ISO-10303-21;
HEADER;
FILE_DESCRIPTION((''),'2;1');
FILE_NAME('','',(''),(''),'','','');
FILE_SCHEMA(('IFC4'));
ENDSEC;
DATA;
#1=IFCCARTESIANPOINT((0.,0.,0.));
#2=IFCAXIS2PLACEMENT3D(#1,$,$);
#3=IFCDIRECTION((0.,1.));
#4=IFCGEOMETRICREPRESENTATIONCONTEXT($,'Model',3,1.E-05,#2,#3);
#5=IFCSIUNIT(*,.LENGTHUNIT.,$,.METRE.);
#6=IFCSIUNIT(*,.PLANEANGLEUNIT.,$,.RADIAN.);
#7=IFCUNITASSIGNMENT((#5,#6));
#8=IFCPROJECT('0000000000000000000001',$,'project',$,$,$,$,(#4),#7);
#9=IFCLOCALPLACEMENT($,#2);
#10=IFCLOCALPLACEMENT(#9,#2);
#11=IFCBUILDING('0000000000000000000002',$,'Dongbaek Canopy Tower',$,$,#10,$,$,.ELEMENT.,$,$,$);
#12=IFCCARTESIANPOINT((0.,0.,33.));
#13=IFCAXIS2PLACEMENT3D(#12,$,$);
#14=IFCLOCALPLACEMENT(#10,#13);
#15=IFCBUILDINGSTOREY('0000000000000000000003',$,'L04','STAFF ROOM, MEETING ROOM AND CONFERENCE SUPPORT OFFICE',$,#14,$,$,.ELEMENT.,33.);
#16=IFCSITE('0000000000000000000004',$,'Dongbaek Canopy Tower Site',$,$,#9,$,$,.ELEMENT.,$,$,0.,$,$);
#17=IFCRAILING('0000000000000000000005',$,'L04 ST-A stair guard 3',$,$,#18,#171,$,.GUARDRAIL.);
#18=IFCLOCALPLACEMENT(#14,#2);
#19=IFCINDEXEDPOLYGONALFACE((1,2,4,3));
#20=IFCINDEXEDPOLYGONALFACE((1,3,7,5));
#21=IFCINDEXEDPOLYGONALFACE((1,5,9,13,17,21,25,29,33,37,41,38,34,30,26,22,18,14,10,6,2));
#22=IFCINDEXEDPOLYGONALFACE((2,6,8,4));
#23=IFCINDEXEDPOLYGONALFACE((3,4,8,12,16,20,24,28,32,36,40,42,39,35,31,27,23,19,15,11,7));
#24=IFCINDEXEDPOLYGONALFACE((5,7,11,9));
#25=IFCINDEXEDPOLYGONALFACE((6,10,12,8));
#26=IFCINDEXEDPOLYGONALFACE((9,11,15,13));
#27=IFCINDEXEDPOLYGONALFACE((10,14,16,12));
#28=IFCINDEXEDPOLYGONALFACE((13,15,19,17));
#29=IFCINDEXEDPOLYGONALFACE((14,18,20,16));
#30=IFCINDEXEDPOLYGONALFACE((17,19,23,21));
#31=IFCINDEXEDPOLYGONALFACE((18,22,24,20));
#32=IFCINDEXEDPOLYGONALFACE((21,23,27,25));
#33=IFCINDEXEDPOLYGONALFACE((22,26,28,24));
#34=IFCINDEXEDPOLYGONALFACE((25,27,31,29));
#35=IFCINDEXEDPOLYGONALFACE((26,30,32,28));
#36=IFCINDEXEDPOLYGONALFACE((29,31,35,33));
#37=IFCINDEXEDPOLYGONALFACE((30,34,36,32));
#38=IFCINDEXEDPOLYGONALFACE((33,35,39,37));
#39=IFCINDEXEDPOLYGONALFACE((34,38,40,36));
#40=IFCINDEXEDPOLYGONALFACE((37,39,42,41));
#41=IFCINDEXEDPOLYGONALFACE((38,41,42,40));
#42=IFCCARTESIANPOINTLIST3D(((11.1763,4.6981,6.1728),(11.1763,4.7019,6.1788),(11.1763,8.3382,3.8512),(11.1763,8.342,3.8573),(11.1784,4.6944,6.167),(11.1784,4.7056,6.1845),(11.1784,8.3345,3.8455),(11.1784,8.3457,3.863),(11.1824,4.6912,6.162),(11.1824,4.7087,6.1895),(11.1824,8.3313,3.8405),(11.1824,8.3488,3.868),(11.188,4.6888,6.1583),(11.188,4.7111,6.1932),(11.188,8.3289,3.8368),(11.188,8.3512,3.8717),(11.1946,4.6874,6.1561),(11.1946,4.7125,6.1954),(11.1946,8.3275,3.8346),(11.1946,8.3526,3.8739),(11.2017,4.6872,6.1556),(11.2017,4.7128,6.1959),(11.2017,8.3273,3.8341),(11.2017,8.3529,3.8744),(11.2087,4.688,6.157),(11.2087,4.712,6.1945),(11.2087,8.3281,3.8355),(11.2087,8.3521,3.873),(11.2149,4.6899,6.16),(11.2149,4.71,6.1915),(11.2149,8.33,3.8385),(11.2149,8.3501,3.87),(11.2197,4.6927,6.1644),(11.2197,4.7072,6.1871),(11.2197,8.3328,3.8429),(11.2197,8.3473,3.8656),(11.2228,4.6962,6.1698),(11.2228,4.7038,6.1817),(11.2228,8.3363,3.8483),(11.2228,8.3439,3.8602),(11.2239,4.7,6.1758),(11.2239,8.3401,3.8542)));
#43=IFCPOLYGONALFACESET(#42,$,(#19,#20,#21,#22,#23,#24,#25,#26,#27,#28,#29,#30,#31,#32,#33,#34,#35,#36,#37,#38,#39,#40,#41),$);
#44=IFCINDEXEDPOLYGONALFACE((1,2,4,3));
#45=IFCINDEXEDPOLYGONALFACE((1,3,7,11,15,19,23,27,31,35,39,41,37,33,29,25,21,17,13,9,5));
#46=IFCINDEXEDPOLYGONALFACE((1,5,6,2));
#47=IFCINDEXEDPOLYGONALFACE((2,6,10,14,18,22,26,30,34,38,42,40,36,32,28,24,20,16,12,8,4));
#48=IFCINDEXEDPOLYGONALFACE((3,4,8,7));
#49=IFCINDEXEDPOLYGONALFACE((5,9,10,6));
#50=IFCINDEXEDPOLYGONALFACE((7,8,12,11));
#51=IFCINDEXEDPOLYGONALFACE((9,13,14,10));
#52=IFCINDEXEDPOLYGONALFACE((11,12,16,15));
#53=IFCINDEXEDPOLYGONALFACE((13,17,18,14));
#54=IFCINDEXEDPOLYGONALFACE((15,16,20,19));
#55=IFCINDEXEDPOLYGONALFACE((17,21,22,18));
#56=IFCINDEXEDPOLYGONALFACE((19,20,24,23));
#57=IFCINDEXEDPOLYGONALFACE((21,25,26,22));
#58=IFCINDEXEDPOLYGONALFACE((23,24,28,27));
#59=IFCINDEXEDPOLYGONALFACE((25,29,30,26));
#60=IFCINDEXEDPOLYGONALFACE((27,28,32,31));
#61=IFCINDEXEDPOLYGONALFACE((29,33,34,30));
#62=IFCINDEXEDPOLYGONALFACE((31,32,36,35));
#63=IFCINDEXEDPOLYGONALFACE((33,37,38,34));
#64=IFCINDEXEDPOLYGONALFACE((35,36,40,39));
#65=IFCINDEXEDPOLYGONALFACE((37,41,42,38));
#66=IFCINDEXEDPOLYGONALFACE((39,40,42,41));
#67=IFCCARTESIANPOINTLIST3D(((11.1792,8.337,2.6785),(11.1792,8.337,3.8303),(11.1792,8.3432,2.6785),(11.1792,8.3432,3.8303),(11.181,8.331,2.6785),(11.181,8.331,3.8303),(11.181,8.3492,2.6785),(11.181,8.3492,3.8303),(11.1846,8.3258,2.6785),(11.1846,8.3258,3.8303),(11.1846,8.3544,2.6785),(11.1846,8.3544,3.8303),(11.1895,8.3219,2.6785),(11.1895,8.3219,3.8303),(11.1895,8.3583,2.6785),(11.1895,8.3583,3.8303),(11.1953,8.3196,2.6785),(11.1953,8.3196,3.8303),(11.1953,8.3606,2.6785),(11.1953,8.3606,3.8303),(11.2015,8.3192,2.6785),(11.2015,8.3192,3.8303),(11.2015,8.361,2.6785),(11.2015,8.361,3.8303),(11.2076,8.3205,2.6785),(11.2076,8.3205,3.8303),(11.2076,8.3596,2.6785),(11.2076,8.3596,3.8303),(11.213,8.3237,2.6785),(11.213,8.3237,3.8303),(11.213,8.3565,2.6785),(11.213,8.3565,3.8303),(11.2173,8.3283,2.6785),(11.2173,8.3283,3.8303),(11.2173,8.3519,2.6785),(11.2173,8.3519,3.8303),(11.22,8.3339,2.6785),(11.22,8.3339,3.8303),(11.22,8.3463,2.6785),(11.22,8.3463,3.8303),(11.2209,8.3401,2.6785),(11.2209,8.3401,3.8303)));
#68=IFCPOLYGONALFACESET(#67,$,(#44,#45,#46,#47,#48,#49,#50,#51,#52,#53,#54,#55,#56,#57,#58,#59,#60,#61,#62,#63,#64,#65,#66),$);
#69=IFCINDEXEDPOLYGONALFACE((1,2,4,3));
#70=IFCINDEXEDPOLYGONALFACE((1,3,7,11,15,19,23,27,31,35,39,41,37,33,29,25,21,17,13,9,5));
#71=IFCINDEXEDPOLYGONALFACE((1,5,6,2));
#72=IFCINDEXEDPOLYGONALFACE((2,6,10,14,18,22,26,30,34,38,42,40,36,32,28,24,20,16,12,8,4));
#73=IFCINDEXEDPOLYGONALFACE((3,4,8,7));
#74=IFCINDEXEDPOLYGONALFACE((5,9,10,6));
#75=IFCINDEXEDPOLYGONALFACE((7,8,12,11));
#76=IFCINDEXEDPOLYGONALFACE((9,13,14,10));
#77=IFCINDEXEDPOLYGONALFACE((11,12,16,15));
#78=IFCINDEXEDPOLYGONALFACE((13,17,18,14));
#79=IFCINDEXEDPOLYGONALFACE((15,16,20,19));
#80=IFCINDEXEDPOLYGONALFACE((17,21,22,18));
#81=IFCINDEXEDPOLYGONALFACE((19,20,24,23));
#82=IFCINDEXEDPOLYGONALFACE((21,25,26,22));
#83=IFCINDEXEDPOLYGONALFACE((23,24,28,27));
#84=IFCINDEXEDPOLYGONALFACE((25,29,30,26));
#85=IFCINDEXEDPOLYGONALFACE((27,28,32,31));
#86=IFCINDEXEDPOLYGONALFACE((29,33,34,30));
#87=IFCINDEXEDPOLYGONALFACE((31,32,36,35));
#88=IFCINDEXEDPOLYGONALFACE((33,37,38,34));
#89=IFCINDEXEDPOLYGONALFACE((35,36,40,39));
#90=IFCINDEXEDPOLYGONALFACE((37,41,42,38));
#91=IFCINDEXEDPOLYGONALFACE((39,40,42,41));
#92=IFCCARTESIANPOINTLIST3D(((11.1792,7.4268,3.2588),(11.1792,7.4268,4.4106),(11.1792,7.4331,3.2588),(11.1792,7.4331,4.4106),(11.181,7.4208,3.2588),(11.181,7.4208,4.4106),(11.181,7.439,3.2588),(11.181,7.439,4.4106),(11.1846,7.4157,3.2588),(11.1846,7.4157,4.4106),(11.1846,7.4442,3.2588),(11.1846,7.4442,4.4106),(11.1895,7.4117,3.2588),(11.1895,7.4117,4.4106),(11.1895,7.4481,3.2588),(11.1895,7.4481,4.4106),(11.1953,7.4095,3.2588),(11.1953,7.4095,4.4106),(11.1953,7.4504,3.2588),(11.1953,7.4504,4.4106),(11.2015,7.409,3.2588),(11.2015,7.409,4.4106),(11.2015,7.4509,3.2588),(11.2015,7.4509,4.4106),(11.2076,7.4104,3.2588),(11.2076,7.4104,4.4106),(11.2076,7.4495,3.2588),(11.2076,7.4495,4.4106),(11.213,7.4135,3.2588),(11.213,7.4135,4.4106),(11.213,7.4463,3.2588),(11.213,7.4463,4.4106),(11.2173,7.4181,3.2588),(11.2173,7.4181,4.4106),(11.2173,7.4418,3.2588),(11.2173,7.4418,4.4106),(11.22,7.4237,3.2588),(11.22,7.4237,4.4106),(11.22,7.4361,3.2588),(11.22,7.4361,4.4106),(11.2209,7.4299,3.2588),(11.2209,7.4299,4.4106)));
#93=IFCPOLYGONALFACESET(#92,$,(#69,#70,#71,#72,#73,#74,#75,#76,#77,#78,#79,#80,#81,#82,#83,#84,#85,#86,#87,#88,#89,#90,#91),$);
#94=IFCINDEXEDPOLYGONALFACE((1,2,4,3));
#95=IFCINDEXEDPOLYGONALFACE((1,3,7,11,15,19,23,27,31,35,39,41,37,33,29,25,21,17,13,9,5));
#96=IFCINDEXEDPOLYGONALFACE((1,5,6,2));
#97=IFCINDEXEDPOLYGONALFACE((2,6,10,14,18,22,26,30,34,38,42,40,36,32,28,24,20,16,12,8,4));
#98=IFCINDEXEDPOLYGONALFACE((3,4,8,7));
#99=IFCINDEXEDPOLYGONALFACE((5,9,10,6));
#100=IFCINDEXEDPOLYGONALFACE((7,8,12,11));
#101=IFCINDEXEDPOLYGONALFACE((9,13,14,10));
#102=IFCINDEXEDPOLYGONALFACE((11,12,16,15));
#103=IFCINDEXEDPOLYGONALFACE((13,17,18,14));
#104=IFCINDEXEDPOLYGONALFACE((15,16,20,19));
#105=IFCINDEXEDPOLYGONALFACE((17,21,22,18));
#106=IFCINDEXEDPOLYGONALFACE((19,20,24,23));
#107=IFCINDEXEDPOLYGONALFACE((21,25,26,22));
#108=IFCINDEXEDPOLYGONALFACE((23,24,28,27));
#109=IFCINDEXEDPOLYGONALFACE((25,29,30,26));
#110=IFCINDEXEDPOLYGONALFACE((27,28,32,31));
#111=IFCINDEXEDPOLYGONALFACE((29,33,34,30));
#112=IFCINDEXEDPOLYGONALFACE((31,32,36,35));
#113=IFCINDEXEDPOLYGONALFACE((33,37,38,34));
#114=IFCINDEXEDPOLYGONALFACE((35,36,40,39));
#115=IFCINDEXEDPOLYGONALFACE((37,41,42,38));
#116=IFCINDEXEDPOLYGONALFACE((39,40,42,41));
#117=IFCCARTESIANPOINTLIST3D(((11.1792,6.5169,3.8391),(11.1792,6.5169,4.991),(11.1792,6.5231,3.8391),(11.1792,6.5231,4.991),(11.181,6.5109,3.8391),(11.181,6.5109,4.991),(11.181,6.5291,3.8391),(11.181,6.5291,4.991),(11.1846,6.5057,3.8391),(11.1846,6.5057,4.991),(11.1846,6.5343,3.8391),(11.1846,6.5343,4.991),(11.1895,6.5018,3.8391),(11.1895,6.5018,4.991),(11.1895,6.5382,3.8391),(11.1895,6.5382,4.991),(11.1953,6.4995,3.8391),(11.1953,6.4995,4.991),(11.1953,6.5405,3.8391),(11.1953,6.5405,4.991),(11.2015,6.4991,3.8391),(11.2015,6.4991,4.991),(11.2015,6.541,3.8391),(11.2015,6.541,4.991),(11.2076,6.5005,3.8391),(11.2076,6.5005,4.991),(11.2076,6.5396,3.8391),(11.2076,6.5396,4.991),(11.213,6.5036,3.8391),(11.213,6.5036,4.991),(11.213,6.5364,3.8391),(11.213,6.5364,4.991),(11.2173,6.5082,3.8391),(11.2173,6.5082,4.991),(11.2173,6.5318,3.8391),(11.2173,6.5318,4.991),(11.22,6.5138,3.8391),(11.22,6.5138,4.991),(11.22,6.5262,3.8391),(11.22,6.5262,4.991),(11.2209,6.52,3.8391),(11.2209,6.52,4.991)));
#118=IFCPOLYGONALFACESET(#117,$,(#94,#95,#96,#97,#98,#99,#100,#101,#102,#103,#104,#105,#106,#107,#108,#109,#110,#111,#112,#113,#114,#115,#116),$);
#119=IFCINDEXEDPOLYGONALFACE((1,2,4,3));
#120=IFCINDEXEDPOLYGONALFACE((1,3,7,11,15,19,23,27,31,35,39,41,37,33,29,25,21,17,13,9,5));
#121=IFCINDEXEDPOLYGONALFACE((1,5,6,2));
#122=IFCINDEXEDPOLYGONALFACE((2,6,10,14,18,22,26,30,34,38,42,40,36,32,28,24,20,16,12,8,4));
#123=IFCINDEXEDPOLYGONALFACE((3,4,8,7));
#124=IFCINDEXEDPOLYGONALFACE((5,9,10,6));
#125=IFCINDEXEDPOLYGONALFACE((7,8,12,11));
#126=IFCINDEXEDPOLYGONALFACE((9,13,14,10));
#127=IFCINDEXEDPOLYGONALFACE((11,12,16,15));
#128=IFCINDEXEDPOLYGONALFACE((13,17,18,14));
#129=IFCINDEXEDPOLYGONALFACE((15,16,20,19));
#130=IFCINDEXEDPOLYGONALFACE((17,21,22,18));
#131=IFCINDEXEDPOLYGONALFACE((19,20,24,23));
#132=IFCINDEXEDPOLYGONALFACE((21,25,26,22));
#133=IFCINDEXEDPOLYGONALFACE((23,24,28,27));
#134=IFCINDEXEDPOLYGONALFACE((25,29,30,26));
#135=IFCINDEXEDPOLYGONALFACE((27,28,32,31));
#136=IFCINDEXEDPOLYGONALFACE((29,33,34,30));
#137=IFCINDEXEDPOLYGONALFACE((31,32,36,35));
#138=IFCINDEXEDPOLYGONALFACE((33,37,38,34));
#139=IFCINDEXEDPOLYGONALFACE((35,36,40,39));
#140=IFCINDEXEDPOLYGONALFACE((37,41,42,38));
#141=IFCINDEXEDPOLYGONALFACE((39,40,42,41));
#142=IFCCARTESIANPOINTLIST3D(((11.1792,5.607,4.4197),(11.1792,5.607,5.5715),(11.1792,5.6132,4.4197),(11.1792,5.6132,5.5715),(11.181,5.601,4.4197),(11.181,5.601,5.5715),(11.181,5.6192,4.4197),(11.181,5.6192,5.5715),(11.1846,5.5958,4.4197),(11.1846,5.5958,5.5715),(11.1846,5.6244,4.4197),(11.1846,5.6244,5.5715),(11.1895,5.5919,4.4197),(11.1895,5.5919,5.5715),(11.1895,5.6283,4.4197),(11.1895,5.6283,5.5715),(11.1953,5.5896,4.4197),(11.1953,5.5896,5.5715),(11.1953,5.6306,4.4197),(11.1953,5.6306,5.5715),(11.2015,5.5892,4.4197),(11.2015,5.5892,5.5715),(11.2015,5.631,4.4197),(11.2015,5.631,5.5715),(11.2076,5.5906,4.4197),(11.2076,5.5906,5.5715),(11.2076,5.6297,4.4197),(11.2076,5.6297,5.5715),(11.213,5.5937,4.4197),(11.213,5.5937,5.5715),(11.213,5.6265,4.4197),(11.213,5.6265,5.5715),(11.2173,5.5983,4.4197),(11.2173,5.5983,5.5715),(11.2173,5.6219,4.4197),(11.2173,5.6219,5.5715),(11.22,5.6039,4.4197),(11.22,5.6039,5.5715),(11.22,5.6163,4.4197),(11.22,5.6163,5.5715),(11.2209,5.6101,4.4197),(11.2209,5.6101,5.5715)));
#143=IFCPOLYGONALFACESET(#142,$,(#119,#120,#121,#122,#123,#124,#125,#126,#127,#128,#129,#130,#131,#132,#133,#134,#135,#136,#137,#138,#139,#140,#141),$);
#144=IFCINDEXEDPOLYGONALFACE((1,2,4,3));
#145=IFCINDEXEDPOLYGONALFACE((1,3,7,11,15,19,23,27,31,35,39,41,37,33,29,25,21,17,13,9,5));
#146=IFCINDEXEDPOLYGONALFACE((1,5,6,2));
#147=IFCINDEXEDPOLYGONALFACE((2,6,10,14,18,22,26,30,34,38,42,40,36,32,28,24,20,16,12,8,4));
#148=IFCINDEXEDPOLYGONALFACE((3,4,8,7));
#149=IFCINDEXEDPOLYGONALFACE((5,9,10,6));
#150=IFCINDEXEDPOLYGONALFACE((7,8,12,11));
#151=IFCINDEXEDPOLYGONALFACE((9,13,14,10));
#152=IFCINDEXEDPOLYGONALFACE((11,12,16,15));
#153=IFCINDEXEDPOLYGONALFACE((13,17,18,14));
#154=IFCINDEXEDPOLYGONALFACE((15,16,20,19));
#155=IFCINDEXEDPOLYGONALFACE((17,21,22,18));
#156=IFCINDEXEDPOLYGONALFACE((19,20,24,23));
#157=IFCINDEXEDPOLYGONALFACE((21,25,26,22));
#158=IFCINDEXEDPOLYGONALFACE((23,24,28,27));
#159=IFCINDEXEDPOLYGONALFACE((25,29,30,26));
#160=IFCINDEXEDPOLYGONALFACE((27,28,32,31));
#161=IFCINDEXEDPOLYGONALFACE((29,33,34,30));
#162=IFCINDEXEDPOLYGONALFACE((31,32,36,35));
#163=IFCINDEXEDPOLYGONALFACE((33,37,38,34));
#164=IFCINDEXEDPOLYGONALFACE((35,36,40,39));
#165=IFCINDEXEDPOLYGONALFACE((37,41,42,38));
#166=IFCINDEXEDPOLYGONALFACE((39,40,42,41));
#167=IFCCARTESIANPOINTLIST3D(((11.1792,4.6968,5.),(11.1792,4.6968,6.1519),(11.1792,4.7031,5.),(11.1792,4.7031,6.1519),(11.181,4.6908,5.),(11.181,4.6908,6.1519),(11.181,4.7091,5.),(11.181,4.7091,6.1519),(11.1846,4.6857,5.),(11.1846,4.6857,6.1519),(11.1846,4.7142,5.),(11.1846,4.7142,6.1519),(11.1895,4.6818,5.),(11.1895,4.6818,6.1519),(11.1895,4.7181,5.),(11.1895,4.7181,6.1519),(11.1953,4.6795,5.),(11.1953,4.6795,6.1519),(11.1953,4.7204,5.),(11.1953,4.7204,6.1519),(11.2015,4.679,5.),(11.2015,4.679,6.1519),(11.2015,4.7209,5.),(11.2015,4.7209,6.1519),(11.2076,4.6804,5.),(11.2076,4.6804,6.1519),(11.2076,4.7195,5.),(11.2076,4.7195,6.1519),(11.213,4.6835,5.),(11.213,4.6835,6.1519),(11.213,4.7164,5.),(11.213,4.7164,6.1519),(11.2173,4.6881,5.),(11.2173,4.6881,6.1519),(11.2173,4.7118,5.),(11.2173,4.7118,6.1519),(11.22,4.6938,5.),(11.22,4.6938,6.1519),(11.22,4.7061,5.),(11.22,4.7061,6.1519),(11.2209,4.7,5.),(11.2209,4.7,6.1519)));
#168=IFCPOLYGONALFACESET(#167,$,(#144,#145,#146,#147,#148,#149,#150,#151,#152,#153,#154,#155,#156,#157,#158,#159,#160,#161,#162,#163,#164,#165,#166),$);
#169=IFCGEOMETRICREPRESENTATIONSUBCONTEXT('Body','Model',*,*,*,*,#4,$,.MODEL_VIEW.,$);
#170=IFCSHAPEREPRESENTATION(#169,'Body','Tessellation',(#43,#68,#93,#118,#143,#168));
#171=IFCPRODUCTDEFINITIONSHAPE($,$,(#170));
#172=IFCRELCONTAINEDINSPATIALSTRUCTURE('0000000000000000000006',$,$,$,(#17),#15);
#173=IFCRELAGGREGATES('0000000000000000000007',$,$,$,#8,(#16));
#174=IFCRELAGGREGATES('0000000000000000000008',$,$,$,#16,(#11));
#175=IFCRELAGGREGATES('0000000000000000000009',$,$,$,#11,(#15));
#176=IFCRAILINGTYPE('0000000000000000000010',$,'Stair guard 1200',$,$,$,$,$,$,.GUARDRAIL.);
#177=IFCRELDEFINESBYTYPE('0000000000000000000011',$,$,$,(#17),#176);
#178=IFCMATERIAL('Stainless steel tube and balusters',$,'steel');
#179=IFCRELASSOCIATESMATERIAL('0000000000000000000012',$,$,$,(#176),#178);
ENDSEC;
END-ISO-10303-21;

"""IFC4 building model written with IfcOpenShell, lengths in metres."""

from ifc_helpers import new_model, si_unit, direction, frame, origin, origin_2d, place, context, subcontext, project, spatial, circle, extrude, material, type_object, element, save


model = new_model("IFC4")

# Units and contexts
model_context = context("Model", 3, precision=1e-05, world=origin(), true_north=direction((0.0, 1.0)))
body_context = subcontext(model_context, "Body", "Model", "MODEL_VIEW")
ifc_project = project(units=[si_unit("LENGTHUNIT", "METRE"), si_unit("PLANEANGLEUNIT", "RADIAN")], contexts=[model_context])

# Site, building, storey
site_placement = place(None, origin())
site = spatial("IfcSite", under=ifc_project, at=site_placement, Name="Dongbaek Canopy Tower Site", CompositionType="ELEMENT", RefElevation=0.0)
building_placement = place(site_placement, origin())
building = spatial("IfcBuilding", under=site, at=building_placement, Name="Dongbaek Canopy Tower", CompositionType="ELEMENT")
storey_placement = place(building_placement, frame((0.0, 0.0, 33.0)))
storey = spatial("IfcBuildingStorey", under=building, at=storey_placement, Name="L04", Description="STAFF ROOM, MEETING ROOM AND CONFERENCE SUPPORT OFFICE", CompositionType="ELEMENT", Elevation=33.0)

# Railing
ifc_material_1 = material(Name="Stainless steel tube and balusters", Category="steel")
railing_type_1 = type_object("IfcRailingType", Name="Stair guard 1200", PredefinedType="GUARDRAIL", material=ifc_material_1)
railing_1_placement = place(storey_placement, frame((11.2, 8.3401, 2.6785)))
element("IfcRailing", 1, at=railing_1_placement, inside=storey, type_object=railing_type_1, Name="L04 ST-A stair guard 3", PredefinedType="GUARDRAIL", context=body_context, shape_type="SweptSolid", body=[
    extrude(circle(Radius=0.0239, at=origin_2d()), frame((0.0, 0.0, 1.1758), z_axis=(0.0, -0.843128, 0.537713), x_axis=(1.0, 0.0, 0.0)), (0.0, 0.0, 1.0), 4.3174),
    extrude(circle(Radius=0.021, at=origin_2d()), origin(), (0.0, 0.0, 1.0), 1.1519),
    extrude(circle(Radius=0.021, at=origin_2d()), frame((0.0, -0.9102, 0.5803)), (0.0, 0.0, 1.0), 1.1519),
    extrude(circle(Radius=0.021, at=origin_2d()), frame((0.0, -1.8201, 1.1606)), (0.0, 0.0, 1.0), 1.1519),
    extrude(circle(Radius=0.021, at=origin_2d()), frame((0.0, -2.73, 1.7412)), (0.0, 0.0, 1.0), 1.1519),
    extrude(circle(Radius=0.021, at=origin_2d()), frame((0.0, -3.6401, 2.3215)), (0.0, 0.0, 1.0), 1.1519),
])

save(model, "model.ifc")
